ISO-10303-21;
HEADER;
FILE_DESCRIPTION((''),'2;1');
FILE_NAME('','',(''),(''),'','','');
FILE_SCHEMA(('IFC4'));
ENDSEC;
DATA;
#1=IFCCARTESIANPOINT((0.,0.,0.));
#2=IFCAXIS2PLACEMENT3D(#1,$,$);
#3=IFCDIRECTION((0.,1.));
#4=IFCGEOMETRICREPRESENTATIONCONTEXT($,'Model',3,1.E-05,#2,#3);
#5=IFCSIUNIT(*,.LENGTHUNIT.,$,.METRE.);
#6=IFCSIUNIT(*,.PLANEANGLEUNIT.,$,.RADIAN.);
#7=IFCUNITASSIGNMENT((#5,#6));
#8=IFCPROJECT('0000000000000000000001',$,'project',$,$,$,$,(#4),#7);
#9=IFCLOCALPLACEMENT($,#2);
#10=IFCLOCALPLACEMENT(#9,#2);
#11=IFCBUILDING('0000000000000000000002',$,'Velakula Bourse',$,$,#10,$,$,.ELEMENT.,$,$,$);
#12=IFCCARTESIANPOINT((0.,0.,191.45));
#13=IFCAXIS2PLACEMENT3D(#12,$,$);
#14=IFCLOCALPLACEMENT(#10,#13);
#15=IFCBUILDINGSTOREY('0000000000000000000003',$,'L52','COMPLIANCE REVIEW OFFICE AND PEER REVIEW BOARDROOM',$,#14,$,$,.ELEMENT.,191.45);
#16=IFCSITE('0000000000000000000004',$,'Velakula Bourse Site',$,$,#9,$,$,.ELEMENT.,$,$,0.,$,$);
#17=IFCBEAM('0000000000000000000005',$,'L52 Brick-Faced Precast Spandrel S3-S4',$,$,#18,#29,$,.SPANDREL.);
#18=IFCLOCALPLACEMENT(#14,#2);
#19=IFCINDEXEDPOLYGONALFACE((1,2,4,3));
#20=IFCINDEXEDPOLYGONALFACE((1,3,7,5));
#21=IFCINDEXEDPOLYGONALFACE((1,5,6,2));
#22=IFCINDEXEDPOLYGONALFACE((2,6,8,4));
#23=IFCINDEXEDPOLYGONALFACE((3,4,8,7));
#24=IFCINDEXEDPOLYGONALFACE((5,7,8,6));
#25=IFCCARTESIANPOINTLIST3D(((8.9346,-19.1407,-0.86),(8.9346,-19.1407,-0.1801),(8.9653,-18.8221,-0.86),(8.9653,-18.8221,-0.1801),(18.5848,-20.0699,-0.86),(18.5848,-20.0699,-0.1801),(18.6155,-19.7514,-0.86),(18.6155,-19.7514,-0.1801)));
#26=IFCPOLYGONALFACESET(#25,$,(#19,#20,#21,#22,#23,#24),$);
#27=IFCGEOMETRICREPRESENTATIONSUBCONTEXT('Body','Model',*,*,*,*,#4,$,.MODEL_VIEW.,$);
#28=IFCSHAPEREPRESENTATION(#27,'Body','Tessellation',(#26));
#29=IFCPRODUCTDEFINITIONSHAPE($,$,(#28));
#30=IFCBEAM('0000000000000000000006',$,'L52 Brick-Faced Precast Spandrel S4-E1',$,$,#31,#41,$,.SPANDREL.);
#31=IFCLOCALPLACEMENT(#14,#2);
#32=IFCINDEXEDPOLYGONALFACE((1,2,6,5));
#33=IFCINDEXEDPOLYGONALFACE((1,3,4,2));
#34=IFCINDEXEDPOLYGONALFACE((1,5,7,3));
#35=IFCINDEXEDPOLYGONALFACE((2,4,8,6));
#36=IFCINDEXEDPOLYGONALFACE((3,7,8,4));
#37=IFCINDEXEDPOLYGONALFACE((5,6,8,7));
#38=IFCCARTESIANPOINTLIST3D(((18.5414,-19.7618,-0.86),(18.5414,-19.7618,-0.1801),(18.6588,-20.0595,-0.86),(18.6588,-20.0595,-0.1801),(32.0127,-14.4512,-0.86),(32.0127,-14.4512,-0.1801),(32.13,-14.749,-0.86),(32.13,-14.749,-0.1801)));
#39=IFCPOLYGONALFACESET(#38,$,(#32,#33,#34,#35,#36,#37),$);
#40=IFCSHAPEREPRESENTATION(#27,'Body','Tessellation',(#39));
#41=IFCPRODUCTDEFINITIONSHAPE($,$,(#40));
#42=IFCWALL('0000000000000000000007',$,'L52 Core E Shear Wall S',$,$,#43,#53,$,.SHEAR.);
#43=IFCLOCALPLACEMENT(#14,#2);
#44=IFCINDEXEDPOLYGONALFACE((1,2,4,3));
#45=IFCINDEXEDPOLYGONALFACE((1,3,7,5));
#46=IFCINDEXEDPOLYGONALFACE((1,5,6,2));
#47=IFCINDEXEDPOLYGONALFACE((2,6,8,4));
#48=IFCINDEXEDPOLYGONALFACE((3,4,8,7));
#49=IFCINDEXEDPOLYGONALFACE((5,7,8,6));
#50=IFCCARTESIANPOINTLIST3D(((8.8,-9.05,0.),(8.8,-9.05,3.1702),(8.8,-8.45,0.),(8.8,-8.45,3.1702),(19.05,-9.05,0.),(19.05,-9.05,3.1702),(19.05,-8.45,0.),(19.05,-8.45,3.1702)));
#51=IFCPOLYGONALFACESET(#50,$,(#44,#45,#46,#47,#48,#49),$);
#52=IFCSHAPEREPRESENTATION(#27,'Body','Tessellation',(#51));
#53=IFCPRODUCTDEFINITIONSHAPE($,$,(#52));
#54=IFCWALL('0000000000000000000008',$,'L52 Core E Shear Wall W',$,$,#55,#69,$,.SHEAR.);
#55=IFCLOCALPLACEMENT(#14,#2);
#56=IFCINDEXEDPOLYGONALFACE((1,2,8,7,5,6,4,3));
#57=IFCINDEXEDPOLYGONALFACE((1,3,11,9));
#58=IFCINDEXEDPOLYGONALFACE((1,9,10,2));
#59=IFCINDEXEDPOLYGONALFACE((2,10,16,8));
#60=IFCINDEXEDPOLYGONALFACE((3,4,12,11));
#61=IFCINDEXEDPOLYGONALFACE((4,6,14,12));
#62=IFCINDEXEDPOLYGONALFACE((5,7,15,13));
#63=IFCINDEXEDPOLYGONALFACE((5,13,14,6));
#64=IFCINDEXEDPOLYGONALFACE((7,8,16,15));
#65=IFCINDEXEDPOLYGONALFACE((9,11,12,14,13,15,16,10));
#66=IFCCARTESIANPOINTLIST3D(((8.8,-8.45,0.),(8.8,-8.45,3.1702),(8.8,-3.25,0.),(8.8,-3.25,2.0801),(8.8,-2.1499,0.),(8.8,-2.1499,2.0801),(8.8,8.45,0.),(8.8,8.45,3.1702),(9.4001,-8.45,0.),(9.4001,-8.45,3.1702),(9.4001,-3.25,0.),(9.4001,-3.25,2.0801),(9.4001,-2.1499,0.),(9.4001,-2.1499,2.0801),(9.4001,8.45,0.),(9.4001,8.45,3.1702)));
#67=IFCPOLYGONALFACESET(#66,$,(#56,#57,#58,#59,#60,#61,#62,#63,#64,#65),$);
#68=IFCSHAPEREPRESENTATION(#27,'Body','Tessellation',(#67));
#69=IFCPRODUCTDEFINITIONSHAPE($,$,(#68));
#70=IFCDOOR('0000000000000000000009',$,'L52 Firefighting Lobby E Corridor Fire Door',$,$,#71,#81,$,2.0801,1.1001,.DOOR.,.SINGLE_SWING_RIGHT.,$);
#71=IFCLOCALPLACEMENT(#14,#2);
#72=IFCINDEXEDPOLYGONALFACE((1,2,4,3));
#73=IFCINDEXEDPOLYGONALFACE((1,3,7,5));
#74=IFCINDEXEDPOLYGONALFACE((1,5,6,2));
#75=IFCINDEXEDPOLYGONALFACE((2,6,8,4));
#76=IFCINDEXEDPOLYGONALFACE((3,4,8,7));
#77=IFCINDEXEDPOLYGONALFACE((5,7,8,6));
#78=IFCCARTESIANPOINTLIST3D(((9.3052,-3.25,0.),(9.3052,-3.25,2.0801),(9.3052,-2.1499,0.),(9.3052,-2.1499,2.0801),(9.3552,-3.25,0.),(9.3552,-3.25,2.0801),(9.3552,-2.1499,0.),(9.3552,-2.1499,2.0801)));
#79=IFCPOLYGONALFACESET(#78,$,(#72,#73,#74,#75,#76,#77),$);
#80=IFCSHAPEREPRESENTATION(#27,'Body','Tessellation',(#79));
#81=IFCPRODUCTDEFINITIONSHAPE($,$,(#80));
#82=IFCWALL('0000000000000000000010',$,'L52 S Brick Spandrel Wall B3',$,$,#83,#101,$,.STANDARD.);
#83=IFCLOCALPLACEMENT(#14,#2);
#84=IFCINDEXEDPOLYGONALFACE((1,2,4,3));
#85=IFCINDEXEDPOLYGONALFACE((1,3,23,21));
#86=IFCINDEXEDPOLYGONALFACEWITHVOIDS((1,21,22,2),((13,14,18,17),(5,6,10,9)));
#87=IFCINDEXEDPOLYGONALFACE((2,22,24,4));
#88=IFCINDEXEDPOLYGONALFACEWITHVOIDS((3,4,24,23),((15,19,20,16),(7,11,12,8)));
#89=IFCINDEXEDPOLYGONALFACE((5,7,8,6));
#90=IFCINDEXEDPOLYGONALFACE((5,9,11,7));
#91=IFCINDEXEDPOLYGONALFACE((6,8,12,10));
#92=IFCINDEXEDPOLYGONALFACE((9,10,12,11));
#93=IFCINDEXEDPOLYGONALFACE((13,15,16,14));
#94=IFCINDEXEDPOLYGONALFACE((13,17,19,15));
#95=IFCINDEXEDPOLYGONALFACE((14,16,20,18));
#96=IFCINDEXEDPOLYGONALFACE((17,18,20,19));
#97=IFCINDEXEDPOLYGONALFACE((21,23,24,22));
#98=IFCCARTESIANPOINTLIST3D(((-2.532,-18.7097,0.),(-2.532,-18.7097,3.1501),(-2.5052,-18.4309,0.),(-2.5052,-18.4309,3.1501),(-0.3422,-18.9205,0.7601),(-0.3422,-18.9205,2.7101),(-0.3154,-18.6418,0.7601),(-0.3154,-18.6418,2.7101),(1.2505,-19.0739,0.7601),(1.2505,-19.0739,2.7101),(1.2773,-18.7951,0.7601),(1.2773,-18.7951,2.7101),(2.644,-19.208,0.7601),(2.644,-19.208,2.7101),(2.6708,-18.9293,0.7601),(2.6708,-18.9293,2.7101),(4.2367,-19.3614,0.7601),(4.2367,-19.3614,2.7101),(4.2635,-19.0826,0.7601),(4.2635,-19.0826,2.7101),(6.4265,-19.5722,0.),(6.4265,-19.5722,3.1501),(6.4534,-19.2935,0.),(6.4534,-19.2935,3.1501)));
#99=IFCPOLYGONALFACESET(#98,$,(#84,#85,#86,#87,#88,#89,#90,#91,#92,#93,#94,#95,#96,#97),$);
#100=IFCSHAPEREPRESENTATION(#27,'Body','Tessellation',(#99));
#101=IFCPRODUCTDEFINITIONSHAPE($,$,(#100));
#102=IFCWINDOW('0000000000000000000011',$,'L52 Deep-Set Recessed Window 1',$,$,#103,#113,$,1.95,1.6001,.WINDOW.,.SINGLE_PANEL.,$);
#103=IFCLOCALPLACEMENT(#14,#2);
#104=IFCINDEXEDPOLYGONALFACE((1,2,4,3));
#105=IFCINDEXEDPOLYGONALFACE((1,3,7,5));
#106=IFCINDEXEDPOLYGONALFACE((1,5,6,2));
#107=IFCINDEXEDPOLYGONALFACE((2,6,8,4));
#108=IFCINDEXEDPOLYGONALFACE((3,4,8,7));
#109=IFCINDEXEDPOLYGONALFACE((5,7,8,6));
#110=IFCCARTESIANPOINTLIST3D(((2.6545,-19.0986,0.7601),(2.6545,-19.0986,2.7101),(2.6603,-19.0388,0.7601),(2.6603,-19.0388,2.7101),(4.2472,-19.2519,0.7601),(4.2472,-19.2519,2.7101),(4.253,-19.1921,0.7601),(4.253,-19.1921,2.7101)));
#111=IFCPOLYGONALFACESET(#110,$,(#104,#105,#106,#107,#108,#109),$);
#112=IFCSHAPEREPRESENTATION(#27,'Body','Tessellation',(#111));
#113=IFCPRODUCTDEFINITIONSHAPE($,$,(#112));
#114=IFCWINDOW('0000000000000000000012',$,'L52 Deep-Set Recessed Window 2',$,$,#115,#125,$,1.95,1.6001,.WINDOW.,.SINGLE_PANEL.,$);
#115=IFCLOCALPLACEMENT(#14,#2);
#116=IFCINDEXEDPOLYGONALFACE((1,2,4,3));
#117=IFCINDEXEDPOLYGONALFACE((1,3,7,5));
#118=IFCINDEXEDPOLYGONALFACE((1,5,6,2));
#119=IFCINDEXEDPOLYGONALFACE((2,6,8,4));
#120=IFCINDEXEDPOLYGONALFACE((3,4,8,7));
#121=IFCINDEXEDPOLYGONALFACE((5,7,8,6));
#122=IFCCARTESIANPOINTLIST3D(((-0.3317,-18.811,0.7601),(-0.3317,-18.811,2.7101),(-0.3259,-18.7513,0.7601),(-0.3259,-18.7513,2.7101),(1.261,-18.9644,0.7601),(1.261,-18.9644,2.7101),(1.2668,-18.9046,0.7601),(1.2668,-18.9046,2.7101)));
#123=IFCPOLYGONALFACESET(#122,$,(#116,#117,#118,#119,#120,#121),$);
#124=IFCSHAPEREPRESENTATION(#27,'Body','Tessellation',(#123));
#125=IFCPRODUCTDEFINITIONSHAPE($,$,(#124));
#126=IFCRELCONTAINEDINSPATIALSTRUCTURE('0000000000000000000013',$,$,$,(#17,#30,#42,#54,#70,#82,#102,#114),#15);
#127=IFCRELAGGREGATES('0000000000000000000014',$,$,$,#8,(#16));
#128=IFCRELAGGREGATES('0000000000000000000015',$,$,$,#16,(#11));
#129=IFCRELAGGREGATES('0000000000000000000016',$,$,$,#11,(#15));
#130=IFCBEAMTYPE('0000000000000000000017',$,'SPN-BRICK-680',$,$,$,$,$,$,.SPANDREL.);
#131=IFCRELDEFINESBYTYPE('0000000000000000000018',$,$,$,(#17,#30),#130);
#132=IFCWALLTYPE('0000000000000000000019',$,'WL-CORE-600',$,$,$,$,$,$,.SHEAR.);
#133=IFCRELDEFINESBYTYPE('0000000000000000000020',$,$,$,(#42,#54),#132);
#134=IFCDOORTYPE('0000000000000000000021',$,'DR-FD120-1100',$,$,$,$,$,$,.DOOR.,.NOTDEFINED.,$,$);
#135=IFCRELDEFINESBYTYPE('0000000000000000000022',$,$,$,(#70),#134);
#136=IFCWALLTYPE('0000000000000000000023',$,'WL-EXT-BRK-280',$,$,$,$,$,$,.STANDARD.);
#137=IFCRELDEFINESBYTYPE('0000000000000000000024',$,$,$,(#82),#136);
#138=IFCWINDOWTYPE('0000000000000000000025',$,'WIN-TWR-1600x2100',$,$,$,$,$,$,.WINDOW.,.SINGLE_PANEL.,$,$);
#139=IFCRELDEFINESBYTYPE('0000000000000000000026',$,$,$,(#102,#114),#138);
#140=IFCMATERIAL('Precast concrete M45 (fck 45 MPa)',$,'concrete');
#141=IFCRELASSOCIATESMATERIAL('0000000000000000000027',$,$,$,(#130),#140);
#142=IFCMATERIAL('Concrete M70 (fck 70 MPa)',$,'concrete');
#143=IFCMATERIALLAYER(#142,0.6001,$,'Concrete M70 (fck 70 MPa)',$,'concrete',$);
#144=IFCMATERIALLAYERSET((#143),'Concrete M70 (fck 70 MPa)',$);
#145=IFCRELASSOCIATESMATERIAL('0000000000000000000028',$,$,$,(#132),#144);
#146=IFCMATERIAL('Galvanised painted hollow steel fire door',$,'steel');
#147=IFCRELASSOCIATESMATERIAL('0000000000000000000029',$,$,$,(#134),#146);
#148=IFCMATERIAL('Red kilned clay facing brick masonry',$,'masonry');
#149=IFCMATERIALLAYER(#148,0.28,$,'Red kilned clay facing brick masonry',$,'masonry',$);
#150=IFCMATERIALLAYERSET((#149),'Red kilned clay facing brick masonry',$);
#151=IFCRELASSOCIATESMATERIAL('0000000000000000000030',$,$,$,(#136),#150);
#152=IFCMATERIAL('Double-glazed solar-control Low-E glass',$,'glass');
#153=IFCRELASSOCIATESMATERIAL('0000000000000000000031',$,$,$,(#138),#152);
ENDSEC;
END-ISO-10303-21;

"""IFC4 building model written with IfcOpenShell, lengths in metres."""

from ifc_helpers import new_model, si_unit, direction, frame, frame_2d, origin, origin_2d, place, context, subcontext, project, spatial, rectangle, extrude, material, layer, layer_set, material_profile, profile_set, type_object, element, fill, save


model = new_model("IFC4")

# Units and contexts
model_context = context("Model", 3, precision=1e-05, world=origin(), true_north=direction((0.0, 1.0)))
body_context = subcontext(model_context, "Body", "Model", "MODEL_VIEW")
ifc_project = project(units=[si_unit("LENGTHUNIT", "METRE"), si_unit("PLANEANGLEUNIT", "RADIAN")], contexts=[model_context])

# Site, building, storey
site_placement = place(None, origin())
site = spatial("IfcSite", under=ifc_project, at=site_placement, Name="Velakula Bourse Site", CompositionType="ELEMENT", RefElevation=0.0)
building_placement = place(site_placement, origin())
building = spatial("IfcBuilding", under=site, at=building_placement, Name="Velakula Bourse", CompositionType="ELEMENT")
storey_placement = place(building_placement, frame((0.0, 0.0, 191.45)))
storey = spatial("IfcBuildingStorey", under=building, at=storey_placement, Name="L52", Description="COMPLIANCE REVIEW OFFICE AND PEER REVIEW BOARDROOM", CompositionType="ELEMENT", Elevation=191.45)

# Shared definitions
ifc_material_1 = material(Name="Concrete M70 (fck 70 MPa)", Category="concrete")

# Beams
ifc_material_2 = material(Name="Precast concrete M45 (fck 45 MPa)", Category="concrete")
ifc_material_profile_1 = material_profile(ifc_material_2, rectangle(XDim=0.3201, YDim=0.6799, at=origin_2d()), Name="Precast concrete M45 (fck 45 MPa)")
ifc_profile_set_1 = profile_set([ifc_material_profile_1], Name="Precast concrete M45 (fck 45 MPa)")
beam_type_1 = type_object("IfcBeamType", Name="SPN-BRICK-680", PredefinedType="SPANDREL", material=ifc_profile_set_1)
beam_1_placement = place(storey_placement, frame((8.95, -18.9814, -0.52), z_axis=(0.995396, -0.095845, 0.0), x_axis=(0.095845, 0.995396, 0.0)))
element("IfcBeam", 1, at=beam_1_placement, inside=storey, type_object=beam_type_1, Name="L52 Brick-Faced Precast Spandrel S3-S4", PredefinedType="SPANDREL", context=body_context, shape_type="SweptSolid", body=[
    extrude(rectangle(XDim=0.3201, YDim=0.6799, at=origin_2d()), origin(), (0.0, 0.0, 1.0), 9.6948),
])
beam_2_placement = place(storey_placement, frame((18.6001, -19.9106, -0.52), z_axis=(0.930321, 0.366747, 0.0), x_axis=(-0.366747, 0.930321, 0.0)))
element("IfcBeam", 2, at=beam_2_placement, inside=storey, type_object=beam_type_1, Name="L52 Brick-Faced Precast Spandrel S4-E1", PredefinedType="SPANDREL", context=body_context, shape_type="SweptSolid", body=[
    extrude(rectangle(XDim=0.3201, YDim=0.6799, at=origin_2d()), origin(), (0.0, 0.0, 1.0), 14.4802),
])

# Wall
ifc_layer_1 = layer(ifc_material_1, 0.6001, Name="Concrete M70 (fck 70 MPa)", Category="concrete")
ifc_layer_set_1 = layer_set([ifc_layer_1], Name="Concrete M70 (fck 70 MPa)")
wall_type_1 = type_object("IfcWallType", Name="WL-CORE-600", PredefinedType="SHEAR", material=ifc_layer_set_1)
wall_1_placement = place(storey_placement, frame((8.8, -8.75, 0.0), z_axis=(0.0, 0.0, 1.0), x_axis=(1.0, 0.0, 0.0)))
element("IfcWall", 3, at=wall_1_placement, inside=storey, type_object=wall_type_1, Name="L52 Core E Shear Wall S", PredefinedType="SHEAR", context=body_context, shape_type="SweptSolid", body=[
    extrude(rectangle(XDim=10.25, YDim=0.6001, at=frame_2d((5.125, 0.0))), origin(), (0.0, 0.0, 1.0), 3.1702),
])

# Wall, opening, door
wall_2_placement = place(storey_placement, frame((9.1001, -8.45, 0.0), z_axis=(0.0, 0.0, 1.0), x_axis=(0.0, 1.0, 0.0)))
wall_2 = element("IfcWall", 4, at=wall_2_placement, inside=storey, type_object=wall_type_1, Name="L52 Core E Shear Wall W", PredefinedType="SHEAR", context=body_context, shape_type="SweptSolid", body=[
    extrude(rectangle(XDim=16.8999, YDim=0.6001, at=frame_2d((8.45, 0.0))), origin(), (0.0, 0.0, 1.0), 3.1702),
])
opening_1_placement = place(wall_2_placement, frame((5.2, 0.0, 0.0)))
opening_1 = element("IfcOpeningElement", 5, at=opening_1_placement, cuts=wall_2, PredefinedType="OPENING", context=body_context, shape_type="SweptSolid", body=[
    extrude(rectangle(XDim=1.1001, YDim=2.0801, at=frame_2d((0.55, 1.04))), frame((0.0, 0.3101, 0.0), z_axis=(0.0, -1.0, 0.0), x_axis=(1.0, 0.0, 0.0)), (0.0, 0.0, 1.0), 0.6201),
])
ifc_material_3 = material(Name="Galvanised painted hollow steel fire door", Category="steel")
door_type = type_object("IfcDoorType", Name="DR-FD120-1100", OperationType="NOTDEFINED", PredefinedType="DOOR", material=ifc_material_3)
door_placement = place(opening_1_placement, origin())
door = element("IfcDoor", 6, at=door_placement, inside=storey, type_object=door_type, Name="L52 Firefighting Lobby E Corridor Fire Door", OperationType="SINGLE_SWING_RIGHT", OverallHeight=2.0801, OverallWidth=1.1001, PredefinedType="DOOR", context=body_context, shape_type="SweptSolid", body=[
    extrude(rectangle(XDim=1.1001, YDim=2.0801, at=frame_2d((0.55, 1.04))), frame((0.0, -0.2051, 0.0), z_axis=(0.0, -1.0, 0.0), x_axis=(1.0, 0.0, 0.0)), (0.0, 0.0, 1.0), 0.05),
])
fill(opening_1, door)

# Wall, openings, windows
ifc_material_4 = material(Name="Red kilned clay facing brick masonry", Category="masonry")
ifc_layer_2 = layer(ifc_material_4, 0.28, Name="Red kilned clay facing brick masonry", Category="masonry")
ifc_layer_set_2 = layer_set([ifc_layer_2], Name="Red kilned clay facing brick masonry")
wall_type_2 = type_object("IfcWallType", Name="WL-EXT-BRK-280", PredefinedType="STANDARD", material=ifc_layer_set_2)
wall_3_placement = place(storey_placement, frame((6.4399, -19.4329, 0.0), z_axis=(0.0, 0.0, 1.0), x_axis=(-0.995397, 0.09584, 0.0)))
wall_3 = element("IfcWall", 7, at=wall_3_placement, inside=storey, type_object=wall_type_2, Name="L52 S Brick Spandrel Wall B3", PredefinedType="STANDARD", context=body_context, shape_type="SweptSolid", body=[
    extrude(rectangle(XDim=9.0, YDim=0.28, at=frame_2d((4.5, 0.0))), origin(), (0.0, 0.0, 1.0), 3.1501),
])
opening_2_placement = place(wall_3_placement, frame((2.2, 0.0, 0.76)))
opening_2 = element("IfcOpeningElement", 8, at=opening_2_placement, cuts=wall_3, PredefinedType="OPENING", context=body_context, shape_type="SweptSolid", body=[
    extrude(rectangle(XDim=1.6001, YDim=1.95, at=frame_2d((0.8, 0.9751))), frame((0.0, 0.1499, 0.0), z_axis=(0.0, -1.0, 0.0), x_axis=(1.0, 0.0, 0.0)), (0.0, 0.0, 1.0), 0.3),
])
opening_3_placement = place(wall_3_placement, frame((5.2, 0.0, 0.76)))
opening_3 = element("IfcOpeningElement", 9, at=opening_3_placement, cuts=wall_3, PredefinedType="OPENING", context=body_context, shape_type="SweptSolid", body=[
    extrude(rectangle(XDim=1.6001, YDim=1.95, at=frame_2d((0.8, 0.9751))), frame((0.0, 0.1499, 0.0), z_axis=(0.0, -1.0, 0.0), x_axis=(1.0, 0.0, 0.0)), (0.0, 0.0, 1.0), 0.3),
])
ifc_material_5 = material(Name="Double-glazed solar-control Low-E glass", Category="glass")
window_type = type_object("IfcWindowType", Name="WIN-TWR-1600x2100", PartitioningType="SINGLE_PANEL", PredefinedType="WINDOW", material=ifc_material_5)
window_1_placement = place(opening_2_placement, origin())
window_1 = element("IfcWindow", 10, at=window_1_placement, inside=storey, type_object=window_type, Name="L52 Deep-Set Recessed Window 1", OverallHeight=1.95, OverallWidth=1.6001, PartitioningType="SINGLE_PANEL", PredefinedType="WINDOW", context=body_context, shape_type="SweptSolid", body=[
    extrude(rectangle(XDim=1.6001, YDim=1.95, at=frame_2d((0.8, 0.9751))), frame((0.0, 0.03, 0.0), z_axis=(0.0, -1.0, 0.0), x_axis=(1.0, 0.0, 0.0)), (0.0, 0.0, 1.0), 0.0601),
])
fill(opening_2, window_1)
window_2_placement = place(opening_3_placement, origin())
window_2 = element("IfcWindow", 11, at=window_2_placement, inside=storey, type_object=window_type, Name="L52 Deep-Set Recessed Window 2", OverallHeight=1.95, OverallWidth=1.6001, PartitioningType="SINGLE_PANEL", PredefinedType="WINDOW", context=body_context, shape_type="SweptSolid", body=[
    extrude(rectangle(XDim=1.6001, YDim=1.95, at=frame_2d((0.8, 0.9751))), frame((0.0, 0.03, 0.0), z_axis=(0.0, -1.0, 0.0), x_axis=(1.0, 0.0, 0.0)), (0.0, 0.0, 1.0), 0.0601),
])
fill(opening_3, window_2)

save(model, "model.ifc")
